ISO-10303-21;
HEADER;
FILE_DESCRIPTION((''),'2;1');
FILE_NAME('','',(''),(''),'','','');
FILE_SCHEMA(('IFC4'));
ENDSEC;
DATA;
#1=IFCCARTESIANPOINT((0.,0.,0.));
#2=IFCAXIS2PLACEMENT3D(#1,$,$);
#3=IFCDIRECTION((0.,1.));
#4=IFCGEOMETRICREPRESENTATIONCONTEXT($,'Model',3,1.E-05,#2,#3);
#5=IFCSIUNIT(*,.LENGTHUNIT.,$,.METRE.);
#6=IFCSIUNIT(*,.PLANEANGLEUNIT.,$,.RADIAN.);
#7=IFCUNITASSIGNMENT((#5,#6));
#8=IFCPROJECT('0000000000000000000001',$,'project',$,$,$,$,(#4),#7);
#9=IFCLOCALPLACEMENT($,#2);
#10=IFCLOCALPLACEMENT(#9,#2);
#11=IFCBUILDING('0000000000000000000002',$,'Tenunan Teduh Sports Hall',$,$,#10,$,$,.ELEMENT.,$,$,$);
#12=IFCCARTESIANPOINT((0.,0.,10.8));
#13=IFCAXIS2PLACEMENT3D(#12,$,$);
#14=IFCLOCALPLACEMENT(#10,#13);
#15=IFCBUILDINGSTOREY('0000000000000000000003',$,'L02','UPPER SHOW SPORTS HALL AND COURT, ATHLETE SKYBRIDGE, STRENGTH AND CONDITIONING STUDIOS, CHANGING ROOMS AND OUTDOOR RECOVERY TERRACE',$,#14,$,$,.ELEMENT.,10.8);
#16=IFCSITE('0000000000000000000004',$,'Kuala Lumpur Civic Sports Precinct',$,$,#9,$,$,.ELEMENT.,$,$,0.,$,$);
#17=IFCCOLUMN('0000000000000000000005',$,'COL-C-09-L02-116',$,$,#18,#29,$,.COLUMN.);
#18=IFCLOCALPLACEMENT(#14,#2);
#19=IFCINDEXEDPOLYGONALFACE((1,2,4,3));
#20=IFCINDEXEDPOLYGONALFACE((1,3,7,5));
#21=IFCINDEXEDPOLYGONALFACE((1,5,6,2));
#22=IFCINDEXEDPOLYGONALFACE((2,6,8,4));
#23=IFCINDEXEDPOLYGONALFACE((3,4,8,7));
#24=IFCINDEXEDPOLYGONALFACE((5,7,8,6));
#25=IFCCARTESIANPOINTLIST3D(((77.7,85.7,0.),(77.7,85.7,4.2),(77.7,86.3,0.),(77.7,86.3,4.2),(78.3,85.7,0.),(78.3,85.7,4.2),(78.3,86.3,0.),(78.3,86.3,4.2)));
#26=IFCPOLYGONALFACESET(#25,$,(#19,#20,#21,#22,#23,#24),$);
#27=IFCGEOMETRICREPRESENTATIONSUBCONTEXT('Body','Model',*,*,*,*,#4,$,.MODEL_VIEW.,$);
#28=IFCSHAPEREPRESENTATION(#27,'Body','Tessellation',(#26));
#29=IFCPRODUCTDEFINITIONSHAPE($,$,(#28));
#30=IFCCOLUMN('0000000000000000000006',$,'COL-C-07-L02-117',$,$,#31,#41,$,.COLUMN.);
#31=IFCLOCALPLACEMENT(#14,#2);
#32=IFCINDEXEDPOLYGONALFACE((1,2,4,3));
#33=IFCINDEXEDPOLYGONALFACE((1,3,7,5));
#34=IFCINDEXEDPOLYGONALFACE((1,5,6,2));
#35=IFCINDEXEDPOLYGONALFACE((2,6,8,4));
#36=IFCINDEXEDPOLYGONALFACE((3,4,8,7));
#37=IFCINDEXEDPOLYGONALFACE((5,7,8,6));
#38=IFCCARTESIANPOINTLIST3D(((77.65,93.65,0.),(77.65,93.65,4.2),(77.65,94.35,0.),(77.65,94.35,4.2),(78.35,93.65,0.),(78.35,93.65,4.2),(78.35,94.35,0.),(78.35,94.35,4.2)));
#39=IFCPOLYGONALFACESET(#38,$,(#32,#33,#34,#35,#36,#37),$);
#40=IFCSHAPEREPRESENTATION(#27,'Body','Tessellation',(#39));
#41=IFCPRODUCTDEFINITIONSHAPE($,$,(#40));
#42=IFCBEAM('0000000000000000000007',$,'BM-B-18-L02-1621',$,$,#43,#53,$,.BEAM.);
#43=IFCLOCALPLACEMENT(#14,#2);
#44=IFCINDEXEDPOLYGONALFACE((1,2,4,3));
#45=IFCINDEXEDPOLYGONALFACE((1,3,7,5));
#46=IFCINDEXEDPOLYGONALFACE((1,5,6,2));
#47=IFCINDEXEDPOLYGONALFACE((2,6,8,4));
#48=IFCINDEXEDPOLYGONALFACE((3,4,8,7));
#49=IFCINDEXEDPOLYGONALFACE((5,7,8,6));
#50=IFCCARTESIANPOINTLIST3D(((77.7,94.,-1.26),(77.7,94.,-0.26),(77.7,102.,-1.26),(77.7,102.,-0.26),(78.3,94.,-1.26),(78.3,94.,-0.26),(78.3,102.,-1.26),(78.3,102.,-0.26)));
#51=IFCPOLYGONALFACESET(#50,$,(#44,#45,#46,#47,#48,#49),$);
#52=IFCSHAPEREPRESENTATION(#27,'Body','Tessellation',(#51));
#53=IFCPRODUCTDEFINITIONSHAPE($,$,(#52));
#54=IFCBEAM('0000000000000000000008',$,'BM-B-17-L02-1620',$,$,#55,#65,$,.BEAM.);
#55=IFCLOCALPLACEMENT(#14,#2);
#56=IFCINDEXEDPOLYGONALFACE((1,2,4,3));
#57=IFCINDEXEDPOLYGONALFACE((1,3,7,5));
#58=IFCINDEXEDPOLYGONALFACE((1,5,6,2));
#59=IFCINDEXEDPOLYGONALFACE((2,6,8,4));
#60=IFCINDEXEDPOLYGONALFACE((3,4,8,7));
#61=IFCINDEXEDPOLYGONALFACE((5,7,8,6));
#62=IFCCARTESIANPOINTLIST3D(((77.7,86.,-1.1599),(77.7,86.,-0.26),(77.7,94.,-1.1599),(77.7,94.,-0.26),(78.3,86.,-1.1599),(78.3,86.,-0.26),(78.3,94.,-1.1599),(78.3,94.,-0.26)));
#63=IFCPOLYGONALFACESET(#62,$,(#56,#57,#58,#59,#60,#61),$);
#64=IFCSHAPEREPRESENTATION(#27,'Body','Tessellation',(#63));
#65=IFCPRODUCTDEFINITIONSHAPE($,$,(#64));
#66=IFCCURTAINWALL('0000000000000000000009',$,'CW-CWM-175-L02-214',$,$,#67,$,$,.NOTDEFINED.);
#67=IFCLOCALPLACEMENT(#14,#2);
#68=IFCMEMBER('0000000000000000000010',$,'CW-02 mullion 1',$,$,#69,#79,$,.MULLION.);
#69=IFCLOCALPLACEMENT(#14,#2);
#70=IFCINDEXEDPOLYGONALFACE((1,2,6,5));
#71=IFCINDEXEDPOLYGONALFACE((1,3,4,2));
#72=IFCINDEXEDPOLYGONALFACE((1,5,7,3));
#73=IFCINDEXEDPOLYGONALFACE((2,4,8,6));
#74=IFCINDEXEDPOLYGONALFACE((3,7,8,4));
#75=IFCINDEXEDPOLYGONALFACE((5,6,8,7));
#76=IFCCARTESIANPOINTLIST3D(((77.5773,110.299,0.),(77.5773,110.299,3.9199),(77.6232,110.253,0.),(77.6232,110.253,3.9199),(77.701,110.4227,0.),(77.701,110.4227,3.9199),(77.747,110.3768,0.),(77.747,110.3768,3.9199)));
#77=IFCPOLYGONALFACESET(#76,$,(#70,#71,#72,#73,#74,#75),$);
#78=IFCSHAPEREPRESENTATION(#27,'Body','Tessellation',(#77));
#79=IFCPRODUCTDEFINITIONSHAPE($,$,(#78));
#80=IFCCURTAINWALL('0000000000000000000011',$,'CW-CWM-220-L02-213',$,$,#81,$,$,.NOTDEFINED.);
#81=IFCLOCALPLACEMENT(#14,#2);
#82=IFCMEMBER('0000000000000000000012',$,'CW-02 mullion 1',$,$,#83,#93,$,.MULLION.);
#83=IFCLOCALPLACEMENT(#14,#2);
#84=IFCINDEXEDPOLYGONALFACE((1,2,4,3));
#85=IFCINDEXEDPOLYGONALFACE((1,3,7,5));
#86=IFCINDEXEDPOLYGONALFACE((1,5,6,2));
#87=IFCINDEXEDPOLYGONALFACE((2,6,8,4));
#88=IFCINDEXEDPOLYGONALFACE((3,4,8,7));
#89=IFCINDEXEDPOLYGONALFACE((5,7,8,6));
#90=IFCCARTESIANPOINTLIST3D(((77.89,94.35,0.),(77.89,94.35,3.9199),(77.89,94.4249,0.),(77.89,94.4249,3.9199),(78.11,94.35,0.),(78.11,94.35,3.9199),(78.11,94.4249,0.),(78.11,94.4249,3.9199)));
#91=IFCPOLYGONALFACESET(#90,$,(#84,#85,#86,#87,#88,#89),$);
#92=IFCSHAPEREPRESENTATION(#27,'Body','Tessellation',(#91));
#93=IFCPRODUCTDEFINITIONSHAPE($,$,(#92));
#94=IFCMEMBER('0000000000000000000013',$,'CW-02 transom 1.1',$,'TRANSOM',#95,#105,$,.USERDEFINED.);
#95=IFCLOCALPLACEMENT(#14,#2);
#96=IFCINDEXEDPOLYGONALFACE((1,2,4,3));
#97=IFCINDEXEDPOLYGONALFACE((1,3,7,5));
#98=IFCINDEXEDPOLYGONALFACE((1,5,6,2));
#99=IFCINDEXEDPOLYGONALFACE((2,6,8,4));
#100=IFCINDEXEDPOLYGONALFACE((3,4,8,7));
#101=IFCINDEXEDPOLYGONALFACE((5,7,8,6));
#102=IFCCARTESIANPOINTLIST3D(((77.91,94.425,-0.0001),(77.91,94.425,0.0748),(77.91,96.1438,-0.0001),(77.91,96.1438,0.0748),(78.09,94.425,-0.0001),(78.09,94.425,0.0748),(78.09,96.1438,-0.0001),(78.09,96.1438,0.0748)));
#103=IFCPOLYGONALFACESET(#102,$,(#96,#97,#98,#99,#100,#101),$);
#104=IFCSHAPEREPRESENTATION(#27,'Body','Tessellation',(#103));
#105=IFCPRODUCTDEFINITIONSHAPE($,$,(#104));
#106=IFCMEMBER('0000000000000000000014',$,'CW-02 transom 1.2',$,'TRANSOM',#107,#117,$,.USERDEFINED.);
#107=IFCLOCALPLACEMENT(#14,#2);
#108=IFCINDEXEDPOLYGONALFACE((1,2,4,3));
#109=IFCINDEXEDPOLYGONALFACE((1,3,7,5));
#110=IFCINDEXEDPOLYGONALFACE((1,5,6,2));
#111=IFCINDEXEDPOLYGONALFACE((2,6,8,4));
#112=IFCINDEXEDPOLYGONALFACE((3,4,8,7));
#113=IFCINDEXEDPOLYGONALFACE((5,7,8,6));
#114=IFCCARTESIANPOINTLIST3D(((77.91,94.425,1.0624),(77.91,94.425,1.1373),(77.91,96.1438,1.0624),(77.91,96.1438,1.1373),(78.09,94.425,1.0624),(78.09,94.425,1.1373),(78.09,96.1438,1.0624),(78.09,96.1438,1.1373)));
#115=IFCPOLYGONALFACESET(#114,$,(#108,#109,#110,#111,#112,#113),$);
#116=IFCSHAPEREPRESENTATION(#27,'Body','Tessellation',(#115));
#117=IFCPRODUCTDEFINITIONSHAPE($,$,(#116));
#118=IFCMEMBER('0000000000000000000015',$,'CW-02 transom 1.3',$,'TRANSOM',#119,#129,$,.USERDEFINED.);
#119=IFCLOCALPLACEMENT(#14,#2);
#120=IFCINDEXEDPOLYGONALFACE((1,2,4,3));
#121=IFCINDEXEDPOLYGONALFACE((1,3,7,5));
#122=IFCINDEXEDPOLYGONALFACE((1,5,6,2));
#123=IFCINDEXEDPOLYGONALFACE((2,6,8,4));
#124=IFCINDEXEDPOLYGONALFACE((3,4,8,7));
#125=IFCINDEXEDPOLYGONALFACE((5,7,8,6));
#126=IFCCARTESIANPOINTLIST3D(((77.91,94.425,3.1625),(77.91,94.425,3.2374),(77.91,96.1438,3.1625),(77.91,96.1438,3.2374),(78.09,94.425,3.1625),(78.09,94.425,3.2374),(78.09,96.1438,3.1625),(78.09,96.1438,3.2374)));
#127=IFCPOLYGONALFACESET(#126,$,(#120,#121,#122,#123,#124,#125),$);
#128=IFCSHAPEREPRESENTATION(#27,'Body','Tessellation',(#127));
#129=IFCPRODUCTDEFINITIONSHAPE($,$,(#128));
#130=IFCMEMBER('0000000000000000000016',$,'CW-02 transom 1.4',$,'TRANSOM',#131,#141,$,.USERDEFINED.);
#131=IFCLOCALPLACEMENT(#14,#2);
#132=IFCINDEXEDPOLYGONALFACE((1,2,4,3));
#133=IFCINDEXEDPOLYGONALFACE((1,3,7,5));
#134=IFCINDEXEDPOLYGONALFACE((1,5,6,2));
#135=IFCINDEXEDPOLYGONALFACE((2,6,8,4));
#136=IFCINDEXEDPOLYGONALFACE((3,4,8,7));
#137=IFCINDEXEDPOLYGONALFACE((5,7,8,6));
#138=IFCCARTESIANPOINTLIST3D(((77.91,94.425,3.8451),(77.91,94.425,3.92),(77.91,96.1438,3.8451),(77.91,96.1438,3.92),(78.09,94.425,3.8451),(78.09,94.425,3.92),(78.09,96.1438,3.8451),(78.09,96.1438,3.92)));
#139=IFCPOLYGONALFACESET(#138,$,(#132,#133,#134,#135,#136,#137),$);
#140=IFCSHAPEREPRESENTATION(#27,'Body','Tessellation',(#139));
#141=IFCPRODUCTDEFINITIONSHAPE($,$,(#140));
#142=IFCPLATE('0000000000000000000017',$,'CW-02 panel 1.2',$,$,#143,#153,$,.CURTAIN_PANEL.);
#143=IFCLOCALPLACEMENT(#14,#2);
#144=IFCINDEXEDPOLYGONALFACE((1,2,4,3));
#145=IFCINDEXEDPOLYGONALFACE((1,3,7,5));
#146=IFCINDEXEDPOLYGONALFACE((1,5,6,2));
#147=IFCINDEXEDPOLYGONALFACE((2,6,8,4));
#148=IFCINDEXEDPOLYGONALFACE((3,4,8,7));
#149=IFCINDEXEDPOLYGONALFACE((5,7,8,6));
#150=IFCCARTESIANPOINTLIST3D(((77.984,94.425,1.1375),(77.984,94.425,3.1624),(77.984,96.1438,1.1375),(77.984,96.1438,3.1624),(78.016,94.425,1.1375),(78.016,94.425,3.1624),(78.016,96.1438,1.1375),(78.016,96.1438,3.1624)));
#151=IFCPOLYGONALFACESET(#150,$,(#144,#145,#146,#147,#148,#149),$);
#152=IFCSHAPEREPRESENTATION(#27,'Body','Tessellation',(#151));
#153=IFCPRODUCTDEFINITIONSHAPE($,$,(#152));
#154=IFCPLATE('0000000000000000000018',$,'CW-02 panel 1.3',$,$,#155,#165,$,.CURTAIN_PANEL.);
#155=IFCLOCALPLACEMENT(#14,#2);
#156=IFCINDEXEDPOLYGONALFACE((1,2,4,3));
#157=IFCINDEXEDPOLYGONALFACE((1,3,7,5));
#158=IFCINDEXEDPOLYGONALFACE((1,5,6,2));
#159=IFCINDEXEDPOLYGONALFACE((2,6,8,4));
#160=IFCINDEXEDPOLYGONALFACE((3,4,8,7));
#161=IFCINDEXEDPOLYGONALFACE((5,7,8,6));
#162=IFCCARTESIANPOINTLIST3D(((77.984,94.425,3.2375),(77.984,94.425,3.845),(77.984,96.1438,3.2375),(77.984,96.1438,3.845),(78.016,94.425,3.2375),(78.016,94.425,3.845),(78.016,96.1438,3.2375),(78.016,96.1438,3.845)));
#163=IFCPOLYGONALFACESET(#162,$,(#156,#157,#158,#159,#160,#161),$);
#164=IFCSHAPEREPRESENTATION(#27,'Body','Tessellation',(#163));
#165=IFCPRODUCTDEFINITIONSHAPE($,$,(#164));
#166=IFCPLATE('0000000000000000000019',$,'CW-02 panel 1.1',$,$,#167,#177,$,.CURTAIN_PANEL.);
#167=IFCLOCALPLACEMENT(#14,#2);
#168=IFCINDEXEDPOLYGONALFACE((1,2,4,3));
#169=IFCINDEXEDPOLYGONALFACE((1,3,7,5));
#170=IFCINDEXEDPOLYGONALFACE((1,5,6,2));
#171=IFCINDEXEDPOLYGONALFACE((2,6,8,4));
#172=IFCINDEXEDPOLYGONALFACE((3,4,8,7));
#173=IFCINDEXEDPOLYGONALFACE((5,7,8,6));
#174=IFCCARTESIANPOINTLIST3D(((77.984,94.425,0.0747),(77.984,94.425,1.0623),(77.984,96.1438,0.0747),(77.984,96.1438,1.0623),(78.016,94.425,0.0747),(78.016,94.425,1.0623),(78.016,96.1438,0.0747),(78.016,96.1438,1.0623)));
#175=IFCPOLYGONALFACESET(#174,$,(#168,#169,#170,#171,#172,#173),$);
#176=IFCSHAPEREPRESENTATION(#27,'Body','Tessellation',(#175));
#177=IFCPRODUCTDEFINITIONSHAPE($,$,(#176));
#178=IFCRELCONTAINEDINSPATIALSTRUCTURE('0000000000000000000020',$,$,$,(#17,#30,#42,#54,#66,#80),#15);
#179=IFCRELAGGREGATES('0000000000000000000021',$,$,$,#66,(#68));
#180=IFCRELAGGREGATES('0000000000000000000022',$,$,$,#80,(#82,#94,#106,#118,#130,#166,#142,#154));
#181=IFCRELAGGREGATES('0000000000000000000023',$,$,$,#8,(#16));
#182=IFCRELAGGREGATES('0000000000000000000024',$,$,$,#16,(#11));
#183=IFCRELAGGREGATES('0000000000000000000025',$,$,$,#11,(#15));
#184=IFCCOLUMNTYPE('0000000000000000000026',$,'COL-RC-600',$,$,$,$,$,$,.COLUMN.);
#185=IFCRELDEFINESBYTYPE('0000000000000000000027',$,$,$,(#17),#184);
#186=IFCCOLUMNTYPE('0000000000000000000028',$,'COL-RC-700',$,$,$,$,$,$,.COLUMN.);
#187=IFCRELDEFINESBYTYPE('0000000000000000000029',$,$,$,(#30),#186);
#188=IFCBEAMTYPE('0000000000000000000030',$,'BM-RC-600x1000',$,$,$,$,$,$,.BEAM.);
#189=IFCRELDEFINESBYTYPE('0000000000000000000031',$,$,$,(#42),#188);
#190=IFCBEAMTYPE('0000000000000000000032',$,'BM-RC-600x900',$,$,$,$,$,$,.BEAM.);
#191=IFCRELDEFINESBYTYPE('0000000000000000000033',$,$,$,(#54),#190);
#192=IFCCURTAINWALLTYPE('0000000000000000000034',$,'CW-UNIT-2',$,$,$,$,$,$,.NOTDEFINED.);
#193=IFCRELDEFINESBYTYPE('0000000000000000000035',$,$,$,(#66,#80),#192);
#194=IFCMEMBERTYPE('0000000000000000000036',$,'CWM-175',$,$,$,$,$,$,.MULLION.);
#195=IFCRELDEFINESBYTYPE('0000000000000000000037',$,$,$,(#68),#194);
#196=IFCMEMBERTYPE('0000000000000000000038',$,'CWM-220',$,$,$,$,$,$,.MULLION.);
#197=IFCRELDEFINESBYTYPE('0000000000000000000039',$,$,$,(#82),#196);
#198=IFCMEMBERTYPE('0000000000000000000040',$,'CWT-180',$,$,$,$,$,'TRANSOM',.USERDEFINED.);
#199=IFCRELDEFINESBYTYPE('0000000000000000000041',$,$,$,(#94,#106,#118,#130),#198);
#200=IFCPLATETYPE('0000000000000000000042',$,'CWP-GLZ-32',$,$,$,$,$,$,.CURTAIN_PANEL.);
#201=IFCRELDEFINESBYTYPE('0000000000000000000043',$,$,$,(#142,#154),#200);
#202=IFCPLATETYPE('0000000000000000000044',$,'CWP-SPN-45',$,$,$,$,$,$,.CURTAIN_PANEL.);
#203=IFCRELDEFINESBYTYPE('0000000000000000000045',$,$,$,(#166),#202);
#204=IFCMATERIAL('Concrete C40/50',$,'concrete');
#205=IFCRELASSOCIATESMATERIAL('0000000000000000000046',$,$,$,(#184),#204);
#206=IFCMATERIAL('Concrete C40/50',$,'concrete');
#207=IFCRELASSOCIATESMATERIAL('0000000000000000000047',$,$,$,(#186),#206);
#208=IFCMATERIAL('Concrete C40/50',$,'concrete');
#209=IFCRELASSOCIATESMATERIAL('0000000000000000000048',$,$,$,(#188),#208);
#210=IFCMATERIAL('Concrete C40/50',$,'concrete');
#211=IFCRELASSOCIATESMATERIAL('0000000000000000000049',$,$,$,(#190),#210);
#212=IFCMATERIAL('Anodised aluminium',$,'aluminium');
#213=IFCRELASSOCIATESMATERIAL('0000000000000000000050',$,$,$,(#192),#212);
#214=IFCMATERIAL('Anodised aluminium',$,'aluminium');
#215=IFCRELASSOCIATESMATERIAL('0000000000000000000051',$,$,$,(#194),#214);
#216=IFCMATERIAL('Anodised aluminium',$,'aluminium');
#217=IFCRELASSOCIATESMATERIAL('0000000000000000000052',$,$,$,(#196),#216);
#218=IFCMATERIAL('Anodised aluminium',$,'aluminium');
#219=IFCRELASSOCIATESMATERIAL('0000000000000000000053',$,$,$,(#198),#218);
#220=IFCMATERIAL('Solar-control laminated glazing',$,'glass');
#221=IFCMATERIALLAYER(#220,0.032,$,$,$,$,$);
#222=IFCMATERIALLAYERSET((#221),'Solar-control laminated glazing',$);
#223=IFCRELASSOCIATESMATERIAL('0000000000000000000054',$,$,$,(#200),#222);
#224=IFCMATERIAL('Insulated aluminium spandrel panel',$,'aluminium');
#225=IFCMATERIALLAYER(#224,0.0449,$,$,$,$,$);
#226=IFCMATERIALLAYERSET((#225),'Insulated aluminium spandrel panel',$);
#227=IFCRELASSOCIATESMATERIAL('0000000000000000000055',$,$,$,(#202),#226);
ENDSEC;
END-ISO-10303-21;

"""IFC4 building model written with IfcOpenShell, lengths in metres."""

from ifc_helpers import new_model, si_unit, direction, frame, origin, origin_2d, place, context, subcontext, project, spatial, rectangle, extrude, material, layer, layer_set, material_profile, profile_set, type_object, element, aggregate, save


model = new_model("IFC4")

# Units and contexts
model_context = context("Model", 3, precision=1e-05, world=origin(), true_north=direction((0.0, 1.0)))
body_context = subcontext(model_context, "Body", "Model", "MODEL_VIEW")
ifc_project = project(units=[si_unit("LENGTHUNIT", "METRE"), si_unit("PLANEANGLEUNIT", "RADIAN")], contexts=[model_context])

# Site, building, storey
site_placement = place(None, origin())
site = spatial("IfcSite", under=ifc_project, at=site_placement, Name="Kuala Lumpur Civic Sports Precinct", CompositionType="ELEMENT", RefElevation=0.0)
building_placement = place(site_placement, origin())
building = spatial("IfcBuilding", under=site, at=building_placement, Name="Tenunan Teduh Sports Hall", CompositionType="ELEMENT")
storey_placement = place(building_placement, frame((0.0, 0.0, 10.8)))
storey = spatial("IfcBuildingStorey", under=building, at=storey_placement, Name="L02", Description="UPPER SHOW SPORTS HALL AND COURT, ATHLETE SKYBRIDGE, STRENGTH AND CONDITIONING STUDIOS, CHANGING ROOMS AND OUTDOOR RECOVERY TERRACE", CompositionType="ELEMENT", Elevation=10.8)

# Columns
ifc_material_1 = material(Name="Concrete C40/50", Category="concrete")
ifc_material_profile_1 = material_profile(ifc_material_1, rectangle(XDim=0.6001, YDim=0.6001, at=origin_2d()), Name="RC 600x600")
ifc_profile_set_1 = profile_set([ifc_material_profile_1], Name="Concrete C40/50")
column_type_1 = type_object("IfcColumnType", Name="COL-RC-600", PredefinedType="COLUMN", material=ifc_profile_set_1)
column_1_placement = place(storey_placement, frame((78.0, 86.0, 0.0), z_axis=(0.0, 0.0, 1.0), x_axis=(1.0, 0.0, 0.0)))
element("IfcColumn", 1, at=column_1_placement, inside=storey, type_object=column_type_1, Name="COL-C-09-L02-116", PredefinedType="COLUMN", context=body_context, shape_type="SweptSolid", body=[
    extrude(rectangle(XDim=0.6001, YDim=0.6001, at=origin_2d()), origin(), (0.0, 0.0, 1.0), 4.2),
])
ifc_material_2 = material(Name="Concrete C40/50", Category="concrete")
ifc_material_profile_2 = material_profile(ifc_material_2, rectangle(XDim=0.7, YDim=0.7, at=origin_2d()), Name="RC 700x700")
ifc_profile_set_2 = profile_set([ifc_material_profile_2], Name="Concrete C40/50")
column_type_2 = type_object("IfcColumnType", Name="COL-RC-700", PredefinedType="COLUMN", material=ifc_profile_set_2)
column_2_placement = place(storey_placement, frame((78.0, 94.0, 0.0), z_axis=(0.0, 0.0, 1.0), x_axis=(1.0, 0.0, 0.0)))
element("IfcColumn", 2, at=column_2_placement, inside=storey, type_object=column_type_2, Name="COL-C-07-L02-117", PredefinedType="COLUMN", context=body_context, shape_type="SweptSolid", body=[
    extrude(rectangle(XDim=0.7, YDim=0.7, at=origin_2d()), origin(), (0.0, 0.0, 1.0), 4.2),
])

# Beams
ifc_material_3 = material(Name="Concrete C40/50", Category="concrete")
ifc_material_profile_3 = material_profile(ifc_material_3, rectangle(XDim=0.6001, YDim=1.0, at=origin_2d()), Name="RCB 600x1000")
ifc_profile_set_3 = profile_set([ifc_material_profile_3], Name="Concrete C40/50")
beam_type_1 = type_object("IfcBeamType", Name="BM-RC-600x1000", PredefinedType="BEAM", material=ifc_profile_set_3)
beam_1_placement = place(storey_placement, frame((78.0, 94.0, -0.76), z_axis=(0.0, 1.0, 0.0), x_axis=(-1.0, 0.0, 0.0)))
element("IfcBeam", 3, at=beam_1_placement, inside=storey, type_object=beam_type_1, Name="BM-B-18-L02-1621", PredefinedType="BEAM", context=body_context, shape_type="SweptSolid", body=[
    extrude(rectangle(XDim=0.6001, YDim=1.0, at=origin_2d()), origin(), (0.0, 0.0, 1.0), 8.0),
])
ifc_material_4 = material(Name="Concrete C40/50", Category="concrete")
ifc_material_profile_4 = material_profile(ifc_material_4, rectangle(XDim=0.6001, YDim=0.8999, at=origin_2d()), Name="RCB 600x900")
ifc_profile_set_4 = profile_set([ifc_material_profile_4], Name="Concrete C40/50")
beam_type_2 = type_object("IfcBeamType", Name="BM-RC-600x900", PredefinedType="BEAM", material=ifc_profile_set_4)
beam_2_placement = place(storey_placement, frame((78.0, 86.0, -0.71), z_axis=(0.0, 1.0, 0.0), x_axis=(-1.0, 0.0, 0.0)))
element("IfcBeam", 4, at=beam_2_placement, inside=storey, type_object=beam_type_2, Name="BM-B-17-L02-1620", PredefinedType="BEAM", context=body_context, shape_type="SweptSolid", body=[
    extrude(rectangle(XDim=0.6001, YDim=0.8999, at=origin_2d()), origin(), (0.0, 0.0, 1.0), 8.0),
])

# Curtain wall, member
ifc_material_5 = material(Name="Anodised aluminium", Category="aluminium")
curtain_wall_type = type_object("IfcCurtainWallType", Name="CW-UNIT-2", PredefinedType="NOTDEFINED", material=ifc_material_5)
curtain_wall_1_placement = place(storey_placement, origin())
curtain_wall_1 = element("IfcCurtainWall", 5, at=curtain_wall_1_placement, inside=storey, type_object=curtain_wall_type, Name="CW-CWM-175-L02-214", PredefinedType="NOTDEFINED")
ifc_material_6 = material(Name="Anodised aluminium", Category="aluminium")
ifc_material_profile_5 = material_profile(ifc_material_6, rectangle(XDim=0.0649, YDim=0.175, at=origin_2d()), Name="CWM 65x175")
ifc_profile_set_5 = profile_set([ifc_material_profile_5], Name="Anodised aluminium")
member_type_1 = type_object("IfcMemberType", Name="CWM-175", PredefinedType="MULLION", material=ifc_profile_set_5)
member_1_placement = place(storey_placement, frame((77.6621, 110.3379, 0.0), z_axis=(0.0, 0.0, 1.0), x_axis=(-0.707107, 0.707107, 0.0)))
member_1 = element("IfcMember", 6, at=member_1_placement, type_object=member_type_1, Name="CW-02 mullion 1", PredefinedType="MULLION", context=body_context, shape_type="SweptSolid", body=[
    extrude(rectangle(XDim=0.0649, YDim=0.175, at=origin_2d()), origin(), (0.0, 0.0, 1.0), 3.9199),
])
aggregate(curtain_wall_1, [member_1])

# Curtain wall, members, plates
curtain_wall_2_placement = place(storey_placement, origin())
curtain_wall_2 = element("IfcCurtainWall", 7, at=curtain_wall_2_placement, inside=storey, type_object=curtain_wall_type, Name="CW-CWM-220-L02-213", PredefinedType="NOTDEFINED")
ifc_material_7 = material(Name="Anodised aluminium", Category="aluminium")
ifc_material_profile_6 = material_profile(ifc_material_7, rectangle(XDim=0.075, YDim=0.22, at=origin_2d()), Name="CWM 75x220")
ifc_profile_set_6 = profile_set([ifc_material_profile_6], Name="Anodised aluminium")
member_type_2 = type_object("IfcMemberType", Name="CWM-220", PredefinedType="MULLION", material=ifc_profile_set_6)
member_2_placement = place(storey_placement, frame((78.0, 94.3875, 0.0), z_axis=(0.0, 0.0, 1.0), x_axis=(0.0, 1.0, 0.0)))
member_2 = element("IfcMember", 8, at=member_2_placement, type_object=member_type_2, Name="CW-02 mullion 1", PredefinedType="MULLION", context=body_context, shape_type="SweptSolid", body=[
    extrude(rectangle(XDim=0.075, YDim=0.22, at=origin_2d()), origin(), (0.0, 0.0, 1.0), 3.9199),
])
ifc_material_8 = material(Name="Anodised aluminium", Category="aluminium")
ifc_material_profile_7 = material_profile(ifc_material_8, rectangle(XDim=0.075, YDim=0.1799, at=origin_2d()), Name="CWT 75x180")
ifc_profile_set_7 = profile_set([ifc_material_profile_7], Name="Anodised aluminium")
member_type_3 = type_object("IfcMemberType", Name="CWT-180", ElementType="TRANSOM", PredefinedType="USERDEFINED", material=ifc_profile_set_7)
member_3_placement = place(storey_placement, frame((78.0, 94.425, 0.0374), z_axis=(0.0, 1.0, 0.0), x_axis=(0.0, 0.0, 1.0)))
member_3 = element("IfcMember", 9, at=member_3_placement, type_object=member_type_3, Name="CW-02 transom 1.1", ObjectType="TRANSOM", PredefinedType="USERDEFINED", context=body_context, shape_type="SweptSolid", body=[
    extrude(rectangle(XDim=0.075, YDim=0.1799, at=origin_2d()), origin(), (0.0, 0.0, 1.0), 1.7188),
])
member_4_placement = place(storey_placement, frame((78.0, 94.425, 1.0999), z_axis=(0.0, 1.0, 0.0), x_axis=(0.0, 0.0, 1.0)))
member_4 = element("IfcMember", 10, at=member_4_placement, type_object=member_type_3, Name="CW-02 transom 1.2", ObjectType="TRANSOM", PredefinedType="USERDEFINED", context=body_context, shape_type="SweptSolid", body=[
    extrude(rectangle(XDim=0.075, YDim=0.1799, at=origin_2d()), origin(), (0.0, 0.0, 1.0), 1.7188),
])
member_5_placement = place(storey_placement, frame((78.0, 94.425, 3.2), z_axis=(0.0, 1.0, 0.0), x_axis=(0.0, 0.0, 1.0)))
member_5 = element("IfcMember", 11, at=member_5_placement, type_object=member_type_3, Name="CW-02 transom 1.3", ObjectType="TRANSOM", PredefinedType="USERDEFINED", context=body_context, shape_type="SweptSolid", body=[
    extrude(rectangle(XDim=0.075, YDim=0.1799, at=origin_2d()), origin(), (0.0, 0.0, 1.0), 1.7188),
])
member_6_placement = place(storey_placement, frame((78.0, 94.425, 3.8826), z_axis=(0.0, 1.0, 0.0), x_axis=(0.0, 0.0, 1.0)))
member_6 = element("IfcMember", 12, at=member_6_placement, type_object=member_type_3, Name="CW-02 transom 1.4", ObjectType="TRANSOM", PredefinedType="USERDEFINED", context=body_context, shape_type="SweptSolid", body=[
    extrude(rectangle(XDim=0.075, YDim=0.1799, at=origin_2d()), origin(), (0.0, 0.0, 1.0), 1.7188),
])
ifc_material_9 = material(Name="Solar-control laminated glazing", Category="glass")
ifc_layer_1 = layer(ifc_material_9, 0.032)
ifc_layer_set_1 = layer_set([ifc_layer_1], Name="Solar-control laminated glazing")
plate_type_1 = type_object("IfcPlateType", Name="CWP-GLZ-32", PredefinedType="CURTAIN_PANEL", material=ifc_layer_set_1)
plate_1_placement = place(storey_placement, frame((78.0, 95.2844, 1.1375), z_axis=(0.0, 0.0, 1.0), x_axis=(0.0, 1.0, 0.0)))
plate_1 = element("IfcPlate", 13, at=plate_1_placement, type_object=plate_type_1, Name="CW-02 panel 1.2", PredefinedType="CURTAIN_PANEL", context=body_context, shape_type="SweptSolid", body=[
    extrude(rectangle(XDim=1.7188, YDim=0.032, at=origin_2d()), origin(), (0.0, 0.0, 1.0), 2.0249),
])
plate_2_placement = place(storey_placement, frame((78.0, 95.2844, 3.2375), z_axis=(0.0, 0.0, 1.0), x_axis=(0.0, 1.0, 0.0)))
plate_2 = element("IfcPlate", 14, at=plate_2_placement, type_object=plate_type_1, Name="CW-02 panel 1.3", PredefinedType="CURTAIN_PANEL", context=body_context, shape_type="SweptSolid", body=[
    extrude(rectangle(XDim=1.7188, YDim=0.032, at=origin_2d()), origin(), (0.0, 0.0, 1.0), 0.6074),
])
ifc_material_10 = material(Name="Insulated aluminium spandrel panel", Category="aluminium")
ifc_layer_2 = layer(ifc_material_10, 0.0449)
ifc_layer_set_2 = layer_set([ifc_layer_2], Name="Insulated aluminium spandrel panel")
plate_type_2 = type_object("IfcPlateType", Name="CWP-SPN-45", PredefinedType="CURTAIN_PANEL", material=ifc_layer_set_2)
plate_3_placement = place(storey_placement, frame((78.0, 95.2844, 0.0747), z_axis=(0.0, 0.0, 1.0), x_axis=(0.0, 1.0, 0.0)))
plate_3 = element("IfcPlate", 15, at=plate_3_placement, type_object=plate_type_2, Name="CW-02 panel 1.1", PredefinedType="CURTAIN_PANEL", context=body_context, shape_type="SweptSolid", body=[
    extrude(rectangle(XDim=1.7188, YDim=0.032, at=origin_2d()), origin(), (0.0, 0.0, 1.0), 0.9875),
])
aggregate(curtain_wall_2, [member_2, member_3, member_4, member_5, member_6, plate_3, plate_1, plate_2])

save(model, "model.ifc")
